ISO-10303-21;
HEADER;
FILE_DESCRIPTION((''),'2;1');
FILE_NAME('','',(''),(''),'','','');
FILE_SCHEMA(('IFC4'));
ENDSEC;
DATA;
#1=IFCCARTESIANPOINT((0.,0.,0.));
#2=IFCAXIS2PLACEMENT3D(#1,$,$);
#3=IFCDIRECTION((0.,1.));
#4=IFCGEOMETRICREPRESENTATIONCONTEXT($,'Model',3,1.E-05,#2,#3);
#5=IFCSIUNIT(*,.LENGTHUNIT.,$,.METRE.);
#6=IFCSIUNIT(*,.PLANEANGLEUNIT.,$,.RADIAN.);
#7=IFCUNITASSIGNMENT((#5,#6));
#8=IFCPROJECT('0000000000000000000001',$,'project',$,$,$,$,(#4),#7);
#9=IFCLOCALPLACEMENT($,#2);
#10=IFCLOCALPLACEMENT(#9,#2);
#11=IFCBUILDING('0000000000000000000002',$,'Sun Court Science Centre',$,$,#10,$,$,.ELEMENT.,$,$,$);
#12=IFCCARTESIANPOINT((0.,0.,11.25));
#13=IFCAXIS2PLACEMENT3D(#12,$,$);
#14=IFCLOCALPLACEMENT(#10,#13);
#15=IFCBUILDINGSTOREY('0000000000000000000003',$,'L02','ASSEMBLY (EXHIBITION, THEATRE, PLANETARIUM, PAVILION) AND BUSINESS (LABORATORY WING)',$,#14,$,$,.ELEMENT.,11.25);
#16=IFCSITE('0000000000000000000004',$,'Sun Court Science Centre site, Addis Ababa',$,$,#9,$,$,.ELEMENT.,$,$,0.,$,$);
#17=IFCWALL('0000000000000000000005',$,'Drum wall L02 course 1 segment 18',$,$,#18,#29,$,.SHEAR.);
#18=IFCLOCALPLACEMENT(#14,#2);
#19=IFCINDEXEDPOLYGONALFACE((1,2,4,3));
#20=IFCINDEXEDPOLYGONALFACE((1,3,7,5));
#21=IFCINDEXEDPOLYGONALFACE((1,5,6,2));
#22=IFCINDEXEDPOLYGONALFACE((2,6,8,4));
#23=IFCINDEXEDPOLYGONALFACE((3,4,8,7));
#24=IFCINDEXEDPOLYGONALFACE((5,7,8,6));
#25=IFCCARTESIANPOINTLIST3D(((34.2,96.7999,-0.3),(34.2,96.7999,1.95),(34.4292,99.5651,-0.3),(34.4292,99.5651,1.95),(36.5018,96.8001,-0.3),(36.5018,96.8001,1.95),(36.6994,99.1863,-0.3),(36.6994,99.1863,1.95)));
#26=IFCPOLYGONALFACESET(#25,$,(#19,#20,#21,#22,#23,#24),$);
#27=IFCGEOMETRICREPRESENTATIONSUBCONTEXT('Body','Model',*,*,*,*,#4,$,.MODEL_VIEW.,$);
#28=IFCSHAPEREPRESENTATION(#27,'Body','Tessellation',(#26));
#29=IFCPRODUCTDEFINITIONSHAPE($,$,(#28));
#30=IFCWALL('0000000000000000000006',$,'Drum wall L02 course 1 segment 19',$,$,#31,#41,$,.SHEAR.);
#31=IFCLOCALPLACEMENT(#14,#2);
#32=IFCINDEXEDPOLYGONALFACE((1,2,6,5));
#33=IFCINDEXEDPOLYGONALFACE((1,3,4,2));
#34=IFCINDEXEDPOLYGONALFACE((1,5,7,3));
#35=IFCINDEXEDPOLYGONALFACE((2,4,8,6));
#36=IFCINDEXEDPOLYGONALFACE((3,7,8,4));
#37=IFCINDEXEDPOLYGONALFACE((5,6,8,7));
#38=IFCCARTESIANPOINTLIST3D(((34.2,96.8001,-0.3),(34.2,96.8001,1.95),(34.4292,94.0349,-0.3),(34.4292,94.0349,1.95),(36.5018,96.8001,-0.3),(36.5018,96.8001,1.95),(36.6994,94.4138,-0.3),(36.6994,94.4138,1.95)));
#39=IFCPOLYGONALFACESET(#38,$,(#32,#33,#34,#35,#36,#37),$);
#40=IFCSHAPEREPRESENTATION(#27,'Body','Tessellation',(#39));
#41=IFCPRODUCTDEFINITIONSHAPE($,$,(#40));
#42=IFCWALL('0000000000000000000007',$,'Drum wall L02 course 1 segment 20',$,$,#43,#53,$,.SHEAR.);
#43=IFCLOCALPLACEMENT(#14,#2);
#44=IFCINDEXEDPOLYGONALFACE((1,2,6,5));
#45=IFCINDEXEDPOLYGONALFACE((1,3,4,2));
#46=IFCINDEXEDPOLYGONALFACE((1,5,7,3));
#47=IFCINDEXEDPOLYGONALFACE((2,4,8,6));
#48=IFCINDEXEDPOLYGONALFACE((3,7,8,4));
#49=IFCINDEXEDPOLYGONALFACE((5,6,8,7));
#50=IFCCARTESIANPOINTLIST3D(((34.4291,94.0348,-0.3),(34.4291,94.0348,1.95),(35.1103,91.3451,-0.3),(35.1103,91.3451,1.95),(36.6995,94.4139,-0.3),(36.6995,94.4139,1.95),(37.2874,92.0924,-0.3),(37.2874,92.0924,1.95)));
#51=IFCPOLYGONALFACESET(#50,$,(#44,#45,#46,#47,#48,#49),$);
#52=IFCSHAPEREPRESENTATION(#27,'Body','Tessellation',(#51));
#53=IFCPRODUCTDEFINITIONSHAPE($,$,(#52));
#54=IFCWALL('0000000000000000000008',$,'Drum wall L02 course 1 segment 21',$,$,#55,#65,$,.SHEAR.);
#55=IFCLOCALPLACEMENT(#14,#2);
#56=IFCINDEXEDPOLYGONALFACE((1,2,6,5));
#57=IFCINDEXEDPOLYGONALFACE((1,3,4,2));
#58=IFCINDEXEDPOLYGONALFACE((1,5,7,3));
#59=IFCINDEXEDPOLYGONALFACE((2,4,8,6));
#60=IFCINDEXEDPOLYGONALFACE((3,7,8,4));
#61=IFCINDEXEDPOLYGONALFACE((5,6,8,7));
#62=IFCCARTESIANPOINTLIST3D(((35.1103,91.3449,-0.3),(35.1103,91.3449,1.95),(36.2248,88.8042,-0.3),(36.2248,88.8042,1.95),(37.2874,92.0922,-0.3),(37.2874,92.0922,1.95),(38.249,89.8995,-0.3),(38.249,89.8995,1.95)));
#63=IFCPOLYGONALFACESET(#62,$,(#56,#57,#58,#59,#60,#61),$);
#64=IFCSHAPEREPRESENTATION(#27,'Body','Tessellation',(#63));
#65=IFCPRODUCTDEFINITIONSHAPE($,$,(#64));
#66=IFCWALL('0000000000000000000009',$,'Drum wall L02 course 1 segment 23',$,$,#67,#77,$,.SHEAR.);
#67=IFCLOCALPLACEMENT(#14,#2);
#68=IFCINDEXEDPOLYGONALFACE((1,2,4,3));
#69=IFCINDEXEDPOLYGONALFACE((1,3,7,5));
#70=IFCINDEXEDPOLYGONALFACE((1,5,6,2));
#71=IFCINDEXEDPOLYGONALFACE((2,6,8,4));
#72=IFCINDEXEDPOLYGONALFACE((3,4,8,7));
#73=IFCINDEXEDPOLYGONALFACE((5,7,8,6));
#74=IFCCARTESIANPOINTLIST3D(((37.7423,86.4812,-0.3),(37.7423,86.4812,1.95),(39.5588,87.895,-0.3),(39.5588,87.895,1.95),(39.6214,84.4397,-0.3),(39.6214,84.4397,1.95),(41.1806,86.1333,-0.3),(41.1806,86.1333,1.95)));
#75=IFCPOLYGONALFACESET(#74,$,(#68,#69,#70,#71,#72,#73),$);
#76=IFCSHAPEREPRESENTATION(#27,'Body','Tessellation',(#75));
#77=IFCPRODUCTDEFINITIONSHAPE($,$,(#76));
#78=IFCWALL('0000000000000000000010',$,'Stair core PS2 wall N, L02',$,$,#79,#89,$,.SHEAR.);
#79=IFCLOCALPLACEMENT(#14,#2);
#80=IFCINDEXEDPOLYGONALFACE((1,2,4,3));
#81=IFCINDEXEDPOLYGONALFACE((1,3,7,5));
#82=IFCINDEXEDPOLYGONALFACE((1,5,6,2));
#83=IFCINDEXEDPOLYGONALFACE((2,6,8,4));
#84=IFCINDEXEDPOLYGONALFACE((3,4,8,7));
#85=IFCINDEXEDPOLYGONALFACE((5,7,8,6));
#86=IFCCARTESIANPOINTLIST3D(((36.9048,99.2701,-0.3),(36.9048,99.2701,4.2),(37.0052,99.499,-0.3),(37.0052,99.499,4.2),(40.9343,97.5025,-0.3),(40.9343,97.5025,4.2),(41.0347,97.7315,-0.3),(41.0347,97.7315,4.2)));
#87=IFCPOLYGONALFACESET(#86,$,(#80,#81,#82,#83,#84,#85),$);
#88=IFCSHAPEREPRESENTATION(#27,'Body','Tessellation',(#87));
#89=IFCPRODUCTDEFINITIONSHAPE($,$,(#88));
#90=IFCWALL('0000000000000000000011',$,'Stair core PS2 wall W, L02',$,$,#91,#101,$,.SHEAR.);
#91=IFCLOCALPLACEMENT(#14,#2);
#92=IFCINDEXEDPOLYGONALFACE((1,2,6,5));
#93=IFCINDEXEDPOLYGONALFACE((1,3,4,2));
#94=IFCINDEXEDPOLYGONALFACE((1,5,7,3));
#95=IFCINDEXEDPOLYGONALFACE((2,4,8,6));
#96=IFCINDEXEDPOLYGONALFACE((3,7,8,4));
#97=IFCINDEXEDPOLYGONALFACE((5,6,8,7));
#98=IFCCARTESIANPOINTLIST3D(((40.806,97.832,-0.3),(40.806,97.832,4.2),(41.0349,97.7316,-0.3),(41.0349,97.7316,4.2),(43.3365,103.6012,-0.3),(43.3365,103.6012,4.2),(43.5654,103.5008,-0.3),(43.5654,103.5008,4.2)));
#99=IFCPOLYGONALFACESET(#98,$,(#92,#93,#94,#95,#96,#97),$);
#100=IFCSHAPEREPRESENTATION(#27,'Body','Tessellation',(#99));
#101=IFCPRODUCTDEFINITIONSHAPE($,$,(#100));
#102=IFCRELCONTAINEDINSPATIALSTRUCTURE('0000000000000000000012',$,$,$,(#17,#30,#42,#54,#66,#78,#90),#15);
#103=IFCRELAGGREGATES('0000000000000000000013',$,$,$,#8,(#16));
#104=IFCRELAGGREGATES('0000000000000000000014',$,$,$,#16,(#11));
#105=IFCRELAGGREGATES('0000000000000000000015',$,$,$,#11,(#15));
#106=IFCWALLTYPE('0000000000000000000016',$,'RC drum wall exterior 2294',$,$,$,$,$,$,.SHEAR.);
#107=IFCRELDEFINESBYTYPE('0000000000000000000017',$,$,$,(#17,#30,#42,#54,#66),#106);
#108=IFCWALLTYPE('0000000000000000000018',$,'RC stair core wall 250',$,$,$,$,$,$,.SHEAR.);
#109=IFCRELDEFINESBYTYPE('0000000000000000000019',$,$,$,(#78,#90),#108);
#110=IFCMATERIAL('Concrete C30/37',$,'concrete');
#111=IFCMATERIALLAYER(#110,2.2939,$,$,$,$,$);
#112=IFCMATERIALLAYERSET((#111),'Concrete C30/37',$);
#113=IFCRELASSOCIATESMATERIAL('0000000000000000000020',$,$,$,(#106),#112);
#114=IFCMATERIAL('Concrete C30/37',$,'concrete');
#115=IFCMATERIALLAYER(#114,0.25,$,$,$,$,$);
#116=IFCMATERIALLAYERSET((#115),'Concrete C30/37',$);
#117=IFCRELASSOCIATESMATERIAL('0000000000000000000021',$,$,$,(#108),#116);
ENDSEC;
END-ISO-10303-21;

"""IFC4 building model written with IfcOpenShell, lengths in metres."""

from ifc_helpers import new_model, si_unit, direction, frame, frame_2d, origin, place, context, subcontext, project, spatial, polyline, rectangle, outline, extrude, material, layer, layer_set, type_object, element, save


model = new_model("IFC4")

# Units and contexts
model_context = context("Model", 3, precision=1e-05, world=origin(), true_north=direction((0.0, 1.0)))
body_context = subcontext(model_context, "Body", "Model", "MODEL_VIEW")
ifc_project = project(units=[si_unit("LENGTHUNIT", "METRE"), si_unit("PLANEANGLEUNIT", "RADIAN")], contexts=[model_context])

# Site, building, storey
site_placement = place(None, origin())
site = spatial("IfcSite", under=ifc_project, at=site_placement, Name="Sun Court Science Centre site, Addis Ababa", CompositionType="ELEMENT", RefElevation=0.0)
building_placement = place(site_placement, origin())
building = spatial("IfcBuilding", under=site, at=building_placement, Name="Sun Court Science Centre", CompositionType="ELEMENT")
storey_placement = place(building_placement, frame((0.0, 0.0, 11.25)))
storey = spatial("IfcBuildingStorey", under=building, at=storey_placement, Name="L02", Description="ASSEMBLY (EXHIBITION, THEATRE, PLANETARIUM, PAVILION) AND BUSINESS (LABORATORY WING)", CompositionType="ELEMENT", Elevation=11.25)

# Walls
ifc_material_1 = material(Name="Concrete C30/37", Category="concrete")
ifc_layer_1 = layer(ifc_material_1, 2.2939)
ifc_layer_set_1 = layer_set([ifc_layer_1], Name="Concrete C30/37")
wall_type_1 = type_object("IfcWallType", Name="RC drum wall exterior 2294", PredefinedType="SHEAR", material=ifc_layer_set_1)
wall_1_placement = place(storey_placement, frame((35.572, 99.4705, -0.3), z_axis=(0.0, 0.0, 1.0), x_axis=(-0.082536, -0.996588, 0.0)))
element("IfcWall", 1, at=wall_1_placement, inside=storey, type_object=wall_type_1, Name="Drum wall L02 course 1 segment 18", PredefinedType="SHEAR", context=body_context, shape_type="SweptSolid", body=[
    extrude(outline(polyline([(0.0, -1.1467), (2.7747, -1.147), (2.5845, 1.147), (0.1902, 1.147), (0.0, -1.1467)])), origin(), (0.0, 0.0, 1.0), 2.25),
])
wall_2_placement = place(storey_placement, frame((35.343, 96.8948, -0.3), z_axis=(0.0, 0.0, 1.0), x_axis=(0.082536, -0.996588, 0.0)))
element("IfcWall", 2, at=wall_2_placement, inside=storey, type_object=wall_type_1, Name="Drum wall L02 course 1 segment 19", PredefinedType="SHEAR", context=body_context, shape_type="SweptSolid", body=[
    extrude(outline(polyline([(0.0, -1.147), (2.7747, -1.1467), (2.5845, 1.147), (0.1899, 1.147), (0.0, -1.147)])), origin(), (0.0, 0.0, 1.0), 2.25),
])
wall_3_placement = place(storey_placement, frame((35.541, 94.3164, -0.3), z_axis=(0.0, 0.0, 1.0), x_axis=(0.245495, -0.969398, 0.0)))
element("IfcWall", 3, at=wall_3_placement, inside=storey, type_object=wall_type_1, Name="Drum wall L02 course 1 segment 20", PredefinedType="SHEAR", context=body_context, shape_type="SweptSolid", body=[
    extrude(outline(polyline([(0.0, -1.147), (2.7747, -1.147), (2.5847, 1.147), (0.1899, 1.147), (0.0, -1.147)])), origin(), (0.0, 0.0, 1.0), 2.25),
])
wall_4_placement = place(storey_placement, frame((36.1606, 91.8057, -0.3), z_axis=(0.0, 0.0, 1.0), x_axis=(0.4017, -0.915771, 0.0)))
element("IfcWall", 4, at=wall_4_placement, inside=storey, type_object=wall_type_1, Name="Drum wall L02 course 1 segment 21", PredefinedType="SHEAR", context=body_context, shape_type="SweptSolid", body=[
    extrude(outline(polyline([(0.0, -1.147), (2.7744, -1.147), (2.5845, 1.1467), (0.1902, 1.147), (0.0, -1.147)])), origin(), (0.0, 0.0, 1.0), 2.25),
])
wall_5_placement = place(storey_placement, frame((38.5862, 87.2581, -0.3), z_axis=(0.0, 0.0, 1.0), x_axis=(0.677293, -0.735714, 0.0)))
element("IfcWall", 5, at=wall_5_placement, inside=storey, type_object=wall_type_1, Name="Drum wall L02 course 1 segment 23", PredefinedType="SHEAR", context=body_context, shape_type="SweptSolid", body=[
    extrude(outline(polyline([(0.0, -1.147), (2.7747, -1.1472), (2.5847, 1.147), (0.1902, 1.147), (0.0, -1.147)])), origin(), (0.0, 0.0, 1.0), 2.25),
])
ifc_material_2 = material(Name="Concrete C30/37", Category="concrete")
ifc_layer_2 = layer(ifc_material_2, 0.25)
ifc_layer_set_2 = layer_set([ifc_layer_2], Name="Concrete C30/37")
wall_type_2 = type_object("IfcWallType", Name="RC stair core wall 250", PredefinedType="SHEAR", material=ifc_layer_set_2)
wall_6_placement = place(storey_placement, frame((40.9846, 97.6169, -0.3), z_axis=(0.0, 0.0, 1.0), x_axis=(-0.915769, 0.401706, 0.0)))
element("IfcWall", 6, at=wall_6_placement, inside=storey, type_object=wall_type_2, Name="Stair core PS2 wall N, L02", PredefinedType="SHEAR", context=body_context, shape_type="SweptSolid", body=[
    extrude(rectangle(XDim=4.4001, YDim=0.25, at=frame_2d((2.2002, 0.0))), origin(), (0.0, 0.0, 1.0), 4.5),
])
wall_7_placement = place(storey_placement, frame((43.4509, 103.551, -0.3), z_axis=(0.0, 0.0, 1.0), x_axis=(-0.401679, -0.915781, 0.0)))
element("IfcWall", 7, at=wall_7_placement, inside=storey, type_object=wall_type_2, Name="Stair core PS2 wall W, L02", PredefinedType="SHEAR", context=body_context, shape_type="SweptSolid", body=[
    extrude(rectangle(XDim=6.2998, YDim=0.25, at=frame_2d((3.1499, 0.0))), origin(), (0.0, 0.0, 1.0), 4.5),
])

save(model, "model.ifc")
